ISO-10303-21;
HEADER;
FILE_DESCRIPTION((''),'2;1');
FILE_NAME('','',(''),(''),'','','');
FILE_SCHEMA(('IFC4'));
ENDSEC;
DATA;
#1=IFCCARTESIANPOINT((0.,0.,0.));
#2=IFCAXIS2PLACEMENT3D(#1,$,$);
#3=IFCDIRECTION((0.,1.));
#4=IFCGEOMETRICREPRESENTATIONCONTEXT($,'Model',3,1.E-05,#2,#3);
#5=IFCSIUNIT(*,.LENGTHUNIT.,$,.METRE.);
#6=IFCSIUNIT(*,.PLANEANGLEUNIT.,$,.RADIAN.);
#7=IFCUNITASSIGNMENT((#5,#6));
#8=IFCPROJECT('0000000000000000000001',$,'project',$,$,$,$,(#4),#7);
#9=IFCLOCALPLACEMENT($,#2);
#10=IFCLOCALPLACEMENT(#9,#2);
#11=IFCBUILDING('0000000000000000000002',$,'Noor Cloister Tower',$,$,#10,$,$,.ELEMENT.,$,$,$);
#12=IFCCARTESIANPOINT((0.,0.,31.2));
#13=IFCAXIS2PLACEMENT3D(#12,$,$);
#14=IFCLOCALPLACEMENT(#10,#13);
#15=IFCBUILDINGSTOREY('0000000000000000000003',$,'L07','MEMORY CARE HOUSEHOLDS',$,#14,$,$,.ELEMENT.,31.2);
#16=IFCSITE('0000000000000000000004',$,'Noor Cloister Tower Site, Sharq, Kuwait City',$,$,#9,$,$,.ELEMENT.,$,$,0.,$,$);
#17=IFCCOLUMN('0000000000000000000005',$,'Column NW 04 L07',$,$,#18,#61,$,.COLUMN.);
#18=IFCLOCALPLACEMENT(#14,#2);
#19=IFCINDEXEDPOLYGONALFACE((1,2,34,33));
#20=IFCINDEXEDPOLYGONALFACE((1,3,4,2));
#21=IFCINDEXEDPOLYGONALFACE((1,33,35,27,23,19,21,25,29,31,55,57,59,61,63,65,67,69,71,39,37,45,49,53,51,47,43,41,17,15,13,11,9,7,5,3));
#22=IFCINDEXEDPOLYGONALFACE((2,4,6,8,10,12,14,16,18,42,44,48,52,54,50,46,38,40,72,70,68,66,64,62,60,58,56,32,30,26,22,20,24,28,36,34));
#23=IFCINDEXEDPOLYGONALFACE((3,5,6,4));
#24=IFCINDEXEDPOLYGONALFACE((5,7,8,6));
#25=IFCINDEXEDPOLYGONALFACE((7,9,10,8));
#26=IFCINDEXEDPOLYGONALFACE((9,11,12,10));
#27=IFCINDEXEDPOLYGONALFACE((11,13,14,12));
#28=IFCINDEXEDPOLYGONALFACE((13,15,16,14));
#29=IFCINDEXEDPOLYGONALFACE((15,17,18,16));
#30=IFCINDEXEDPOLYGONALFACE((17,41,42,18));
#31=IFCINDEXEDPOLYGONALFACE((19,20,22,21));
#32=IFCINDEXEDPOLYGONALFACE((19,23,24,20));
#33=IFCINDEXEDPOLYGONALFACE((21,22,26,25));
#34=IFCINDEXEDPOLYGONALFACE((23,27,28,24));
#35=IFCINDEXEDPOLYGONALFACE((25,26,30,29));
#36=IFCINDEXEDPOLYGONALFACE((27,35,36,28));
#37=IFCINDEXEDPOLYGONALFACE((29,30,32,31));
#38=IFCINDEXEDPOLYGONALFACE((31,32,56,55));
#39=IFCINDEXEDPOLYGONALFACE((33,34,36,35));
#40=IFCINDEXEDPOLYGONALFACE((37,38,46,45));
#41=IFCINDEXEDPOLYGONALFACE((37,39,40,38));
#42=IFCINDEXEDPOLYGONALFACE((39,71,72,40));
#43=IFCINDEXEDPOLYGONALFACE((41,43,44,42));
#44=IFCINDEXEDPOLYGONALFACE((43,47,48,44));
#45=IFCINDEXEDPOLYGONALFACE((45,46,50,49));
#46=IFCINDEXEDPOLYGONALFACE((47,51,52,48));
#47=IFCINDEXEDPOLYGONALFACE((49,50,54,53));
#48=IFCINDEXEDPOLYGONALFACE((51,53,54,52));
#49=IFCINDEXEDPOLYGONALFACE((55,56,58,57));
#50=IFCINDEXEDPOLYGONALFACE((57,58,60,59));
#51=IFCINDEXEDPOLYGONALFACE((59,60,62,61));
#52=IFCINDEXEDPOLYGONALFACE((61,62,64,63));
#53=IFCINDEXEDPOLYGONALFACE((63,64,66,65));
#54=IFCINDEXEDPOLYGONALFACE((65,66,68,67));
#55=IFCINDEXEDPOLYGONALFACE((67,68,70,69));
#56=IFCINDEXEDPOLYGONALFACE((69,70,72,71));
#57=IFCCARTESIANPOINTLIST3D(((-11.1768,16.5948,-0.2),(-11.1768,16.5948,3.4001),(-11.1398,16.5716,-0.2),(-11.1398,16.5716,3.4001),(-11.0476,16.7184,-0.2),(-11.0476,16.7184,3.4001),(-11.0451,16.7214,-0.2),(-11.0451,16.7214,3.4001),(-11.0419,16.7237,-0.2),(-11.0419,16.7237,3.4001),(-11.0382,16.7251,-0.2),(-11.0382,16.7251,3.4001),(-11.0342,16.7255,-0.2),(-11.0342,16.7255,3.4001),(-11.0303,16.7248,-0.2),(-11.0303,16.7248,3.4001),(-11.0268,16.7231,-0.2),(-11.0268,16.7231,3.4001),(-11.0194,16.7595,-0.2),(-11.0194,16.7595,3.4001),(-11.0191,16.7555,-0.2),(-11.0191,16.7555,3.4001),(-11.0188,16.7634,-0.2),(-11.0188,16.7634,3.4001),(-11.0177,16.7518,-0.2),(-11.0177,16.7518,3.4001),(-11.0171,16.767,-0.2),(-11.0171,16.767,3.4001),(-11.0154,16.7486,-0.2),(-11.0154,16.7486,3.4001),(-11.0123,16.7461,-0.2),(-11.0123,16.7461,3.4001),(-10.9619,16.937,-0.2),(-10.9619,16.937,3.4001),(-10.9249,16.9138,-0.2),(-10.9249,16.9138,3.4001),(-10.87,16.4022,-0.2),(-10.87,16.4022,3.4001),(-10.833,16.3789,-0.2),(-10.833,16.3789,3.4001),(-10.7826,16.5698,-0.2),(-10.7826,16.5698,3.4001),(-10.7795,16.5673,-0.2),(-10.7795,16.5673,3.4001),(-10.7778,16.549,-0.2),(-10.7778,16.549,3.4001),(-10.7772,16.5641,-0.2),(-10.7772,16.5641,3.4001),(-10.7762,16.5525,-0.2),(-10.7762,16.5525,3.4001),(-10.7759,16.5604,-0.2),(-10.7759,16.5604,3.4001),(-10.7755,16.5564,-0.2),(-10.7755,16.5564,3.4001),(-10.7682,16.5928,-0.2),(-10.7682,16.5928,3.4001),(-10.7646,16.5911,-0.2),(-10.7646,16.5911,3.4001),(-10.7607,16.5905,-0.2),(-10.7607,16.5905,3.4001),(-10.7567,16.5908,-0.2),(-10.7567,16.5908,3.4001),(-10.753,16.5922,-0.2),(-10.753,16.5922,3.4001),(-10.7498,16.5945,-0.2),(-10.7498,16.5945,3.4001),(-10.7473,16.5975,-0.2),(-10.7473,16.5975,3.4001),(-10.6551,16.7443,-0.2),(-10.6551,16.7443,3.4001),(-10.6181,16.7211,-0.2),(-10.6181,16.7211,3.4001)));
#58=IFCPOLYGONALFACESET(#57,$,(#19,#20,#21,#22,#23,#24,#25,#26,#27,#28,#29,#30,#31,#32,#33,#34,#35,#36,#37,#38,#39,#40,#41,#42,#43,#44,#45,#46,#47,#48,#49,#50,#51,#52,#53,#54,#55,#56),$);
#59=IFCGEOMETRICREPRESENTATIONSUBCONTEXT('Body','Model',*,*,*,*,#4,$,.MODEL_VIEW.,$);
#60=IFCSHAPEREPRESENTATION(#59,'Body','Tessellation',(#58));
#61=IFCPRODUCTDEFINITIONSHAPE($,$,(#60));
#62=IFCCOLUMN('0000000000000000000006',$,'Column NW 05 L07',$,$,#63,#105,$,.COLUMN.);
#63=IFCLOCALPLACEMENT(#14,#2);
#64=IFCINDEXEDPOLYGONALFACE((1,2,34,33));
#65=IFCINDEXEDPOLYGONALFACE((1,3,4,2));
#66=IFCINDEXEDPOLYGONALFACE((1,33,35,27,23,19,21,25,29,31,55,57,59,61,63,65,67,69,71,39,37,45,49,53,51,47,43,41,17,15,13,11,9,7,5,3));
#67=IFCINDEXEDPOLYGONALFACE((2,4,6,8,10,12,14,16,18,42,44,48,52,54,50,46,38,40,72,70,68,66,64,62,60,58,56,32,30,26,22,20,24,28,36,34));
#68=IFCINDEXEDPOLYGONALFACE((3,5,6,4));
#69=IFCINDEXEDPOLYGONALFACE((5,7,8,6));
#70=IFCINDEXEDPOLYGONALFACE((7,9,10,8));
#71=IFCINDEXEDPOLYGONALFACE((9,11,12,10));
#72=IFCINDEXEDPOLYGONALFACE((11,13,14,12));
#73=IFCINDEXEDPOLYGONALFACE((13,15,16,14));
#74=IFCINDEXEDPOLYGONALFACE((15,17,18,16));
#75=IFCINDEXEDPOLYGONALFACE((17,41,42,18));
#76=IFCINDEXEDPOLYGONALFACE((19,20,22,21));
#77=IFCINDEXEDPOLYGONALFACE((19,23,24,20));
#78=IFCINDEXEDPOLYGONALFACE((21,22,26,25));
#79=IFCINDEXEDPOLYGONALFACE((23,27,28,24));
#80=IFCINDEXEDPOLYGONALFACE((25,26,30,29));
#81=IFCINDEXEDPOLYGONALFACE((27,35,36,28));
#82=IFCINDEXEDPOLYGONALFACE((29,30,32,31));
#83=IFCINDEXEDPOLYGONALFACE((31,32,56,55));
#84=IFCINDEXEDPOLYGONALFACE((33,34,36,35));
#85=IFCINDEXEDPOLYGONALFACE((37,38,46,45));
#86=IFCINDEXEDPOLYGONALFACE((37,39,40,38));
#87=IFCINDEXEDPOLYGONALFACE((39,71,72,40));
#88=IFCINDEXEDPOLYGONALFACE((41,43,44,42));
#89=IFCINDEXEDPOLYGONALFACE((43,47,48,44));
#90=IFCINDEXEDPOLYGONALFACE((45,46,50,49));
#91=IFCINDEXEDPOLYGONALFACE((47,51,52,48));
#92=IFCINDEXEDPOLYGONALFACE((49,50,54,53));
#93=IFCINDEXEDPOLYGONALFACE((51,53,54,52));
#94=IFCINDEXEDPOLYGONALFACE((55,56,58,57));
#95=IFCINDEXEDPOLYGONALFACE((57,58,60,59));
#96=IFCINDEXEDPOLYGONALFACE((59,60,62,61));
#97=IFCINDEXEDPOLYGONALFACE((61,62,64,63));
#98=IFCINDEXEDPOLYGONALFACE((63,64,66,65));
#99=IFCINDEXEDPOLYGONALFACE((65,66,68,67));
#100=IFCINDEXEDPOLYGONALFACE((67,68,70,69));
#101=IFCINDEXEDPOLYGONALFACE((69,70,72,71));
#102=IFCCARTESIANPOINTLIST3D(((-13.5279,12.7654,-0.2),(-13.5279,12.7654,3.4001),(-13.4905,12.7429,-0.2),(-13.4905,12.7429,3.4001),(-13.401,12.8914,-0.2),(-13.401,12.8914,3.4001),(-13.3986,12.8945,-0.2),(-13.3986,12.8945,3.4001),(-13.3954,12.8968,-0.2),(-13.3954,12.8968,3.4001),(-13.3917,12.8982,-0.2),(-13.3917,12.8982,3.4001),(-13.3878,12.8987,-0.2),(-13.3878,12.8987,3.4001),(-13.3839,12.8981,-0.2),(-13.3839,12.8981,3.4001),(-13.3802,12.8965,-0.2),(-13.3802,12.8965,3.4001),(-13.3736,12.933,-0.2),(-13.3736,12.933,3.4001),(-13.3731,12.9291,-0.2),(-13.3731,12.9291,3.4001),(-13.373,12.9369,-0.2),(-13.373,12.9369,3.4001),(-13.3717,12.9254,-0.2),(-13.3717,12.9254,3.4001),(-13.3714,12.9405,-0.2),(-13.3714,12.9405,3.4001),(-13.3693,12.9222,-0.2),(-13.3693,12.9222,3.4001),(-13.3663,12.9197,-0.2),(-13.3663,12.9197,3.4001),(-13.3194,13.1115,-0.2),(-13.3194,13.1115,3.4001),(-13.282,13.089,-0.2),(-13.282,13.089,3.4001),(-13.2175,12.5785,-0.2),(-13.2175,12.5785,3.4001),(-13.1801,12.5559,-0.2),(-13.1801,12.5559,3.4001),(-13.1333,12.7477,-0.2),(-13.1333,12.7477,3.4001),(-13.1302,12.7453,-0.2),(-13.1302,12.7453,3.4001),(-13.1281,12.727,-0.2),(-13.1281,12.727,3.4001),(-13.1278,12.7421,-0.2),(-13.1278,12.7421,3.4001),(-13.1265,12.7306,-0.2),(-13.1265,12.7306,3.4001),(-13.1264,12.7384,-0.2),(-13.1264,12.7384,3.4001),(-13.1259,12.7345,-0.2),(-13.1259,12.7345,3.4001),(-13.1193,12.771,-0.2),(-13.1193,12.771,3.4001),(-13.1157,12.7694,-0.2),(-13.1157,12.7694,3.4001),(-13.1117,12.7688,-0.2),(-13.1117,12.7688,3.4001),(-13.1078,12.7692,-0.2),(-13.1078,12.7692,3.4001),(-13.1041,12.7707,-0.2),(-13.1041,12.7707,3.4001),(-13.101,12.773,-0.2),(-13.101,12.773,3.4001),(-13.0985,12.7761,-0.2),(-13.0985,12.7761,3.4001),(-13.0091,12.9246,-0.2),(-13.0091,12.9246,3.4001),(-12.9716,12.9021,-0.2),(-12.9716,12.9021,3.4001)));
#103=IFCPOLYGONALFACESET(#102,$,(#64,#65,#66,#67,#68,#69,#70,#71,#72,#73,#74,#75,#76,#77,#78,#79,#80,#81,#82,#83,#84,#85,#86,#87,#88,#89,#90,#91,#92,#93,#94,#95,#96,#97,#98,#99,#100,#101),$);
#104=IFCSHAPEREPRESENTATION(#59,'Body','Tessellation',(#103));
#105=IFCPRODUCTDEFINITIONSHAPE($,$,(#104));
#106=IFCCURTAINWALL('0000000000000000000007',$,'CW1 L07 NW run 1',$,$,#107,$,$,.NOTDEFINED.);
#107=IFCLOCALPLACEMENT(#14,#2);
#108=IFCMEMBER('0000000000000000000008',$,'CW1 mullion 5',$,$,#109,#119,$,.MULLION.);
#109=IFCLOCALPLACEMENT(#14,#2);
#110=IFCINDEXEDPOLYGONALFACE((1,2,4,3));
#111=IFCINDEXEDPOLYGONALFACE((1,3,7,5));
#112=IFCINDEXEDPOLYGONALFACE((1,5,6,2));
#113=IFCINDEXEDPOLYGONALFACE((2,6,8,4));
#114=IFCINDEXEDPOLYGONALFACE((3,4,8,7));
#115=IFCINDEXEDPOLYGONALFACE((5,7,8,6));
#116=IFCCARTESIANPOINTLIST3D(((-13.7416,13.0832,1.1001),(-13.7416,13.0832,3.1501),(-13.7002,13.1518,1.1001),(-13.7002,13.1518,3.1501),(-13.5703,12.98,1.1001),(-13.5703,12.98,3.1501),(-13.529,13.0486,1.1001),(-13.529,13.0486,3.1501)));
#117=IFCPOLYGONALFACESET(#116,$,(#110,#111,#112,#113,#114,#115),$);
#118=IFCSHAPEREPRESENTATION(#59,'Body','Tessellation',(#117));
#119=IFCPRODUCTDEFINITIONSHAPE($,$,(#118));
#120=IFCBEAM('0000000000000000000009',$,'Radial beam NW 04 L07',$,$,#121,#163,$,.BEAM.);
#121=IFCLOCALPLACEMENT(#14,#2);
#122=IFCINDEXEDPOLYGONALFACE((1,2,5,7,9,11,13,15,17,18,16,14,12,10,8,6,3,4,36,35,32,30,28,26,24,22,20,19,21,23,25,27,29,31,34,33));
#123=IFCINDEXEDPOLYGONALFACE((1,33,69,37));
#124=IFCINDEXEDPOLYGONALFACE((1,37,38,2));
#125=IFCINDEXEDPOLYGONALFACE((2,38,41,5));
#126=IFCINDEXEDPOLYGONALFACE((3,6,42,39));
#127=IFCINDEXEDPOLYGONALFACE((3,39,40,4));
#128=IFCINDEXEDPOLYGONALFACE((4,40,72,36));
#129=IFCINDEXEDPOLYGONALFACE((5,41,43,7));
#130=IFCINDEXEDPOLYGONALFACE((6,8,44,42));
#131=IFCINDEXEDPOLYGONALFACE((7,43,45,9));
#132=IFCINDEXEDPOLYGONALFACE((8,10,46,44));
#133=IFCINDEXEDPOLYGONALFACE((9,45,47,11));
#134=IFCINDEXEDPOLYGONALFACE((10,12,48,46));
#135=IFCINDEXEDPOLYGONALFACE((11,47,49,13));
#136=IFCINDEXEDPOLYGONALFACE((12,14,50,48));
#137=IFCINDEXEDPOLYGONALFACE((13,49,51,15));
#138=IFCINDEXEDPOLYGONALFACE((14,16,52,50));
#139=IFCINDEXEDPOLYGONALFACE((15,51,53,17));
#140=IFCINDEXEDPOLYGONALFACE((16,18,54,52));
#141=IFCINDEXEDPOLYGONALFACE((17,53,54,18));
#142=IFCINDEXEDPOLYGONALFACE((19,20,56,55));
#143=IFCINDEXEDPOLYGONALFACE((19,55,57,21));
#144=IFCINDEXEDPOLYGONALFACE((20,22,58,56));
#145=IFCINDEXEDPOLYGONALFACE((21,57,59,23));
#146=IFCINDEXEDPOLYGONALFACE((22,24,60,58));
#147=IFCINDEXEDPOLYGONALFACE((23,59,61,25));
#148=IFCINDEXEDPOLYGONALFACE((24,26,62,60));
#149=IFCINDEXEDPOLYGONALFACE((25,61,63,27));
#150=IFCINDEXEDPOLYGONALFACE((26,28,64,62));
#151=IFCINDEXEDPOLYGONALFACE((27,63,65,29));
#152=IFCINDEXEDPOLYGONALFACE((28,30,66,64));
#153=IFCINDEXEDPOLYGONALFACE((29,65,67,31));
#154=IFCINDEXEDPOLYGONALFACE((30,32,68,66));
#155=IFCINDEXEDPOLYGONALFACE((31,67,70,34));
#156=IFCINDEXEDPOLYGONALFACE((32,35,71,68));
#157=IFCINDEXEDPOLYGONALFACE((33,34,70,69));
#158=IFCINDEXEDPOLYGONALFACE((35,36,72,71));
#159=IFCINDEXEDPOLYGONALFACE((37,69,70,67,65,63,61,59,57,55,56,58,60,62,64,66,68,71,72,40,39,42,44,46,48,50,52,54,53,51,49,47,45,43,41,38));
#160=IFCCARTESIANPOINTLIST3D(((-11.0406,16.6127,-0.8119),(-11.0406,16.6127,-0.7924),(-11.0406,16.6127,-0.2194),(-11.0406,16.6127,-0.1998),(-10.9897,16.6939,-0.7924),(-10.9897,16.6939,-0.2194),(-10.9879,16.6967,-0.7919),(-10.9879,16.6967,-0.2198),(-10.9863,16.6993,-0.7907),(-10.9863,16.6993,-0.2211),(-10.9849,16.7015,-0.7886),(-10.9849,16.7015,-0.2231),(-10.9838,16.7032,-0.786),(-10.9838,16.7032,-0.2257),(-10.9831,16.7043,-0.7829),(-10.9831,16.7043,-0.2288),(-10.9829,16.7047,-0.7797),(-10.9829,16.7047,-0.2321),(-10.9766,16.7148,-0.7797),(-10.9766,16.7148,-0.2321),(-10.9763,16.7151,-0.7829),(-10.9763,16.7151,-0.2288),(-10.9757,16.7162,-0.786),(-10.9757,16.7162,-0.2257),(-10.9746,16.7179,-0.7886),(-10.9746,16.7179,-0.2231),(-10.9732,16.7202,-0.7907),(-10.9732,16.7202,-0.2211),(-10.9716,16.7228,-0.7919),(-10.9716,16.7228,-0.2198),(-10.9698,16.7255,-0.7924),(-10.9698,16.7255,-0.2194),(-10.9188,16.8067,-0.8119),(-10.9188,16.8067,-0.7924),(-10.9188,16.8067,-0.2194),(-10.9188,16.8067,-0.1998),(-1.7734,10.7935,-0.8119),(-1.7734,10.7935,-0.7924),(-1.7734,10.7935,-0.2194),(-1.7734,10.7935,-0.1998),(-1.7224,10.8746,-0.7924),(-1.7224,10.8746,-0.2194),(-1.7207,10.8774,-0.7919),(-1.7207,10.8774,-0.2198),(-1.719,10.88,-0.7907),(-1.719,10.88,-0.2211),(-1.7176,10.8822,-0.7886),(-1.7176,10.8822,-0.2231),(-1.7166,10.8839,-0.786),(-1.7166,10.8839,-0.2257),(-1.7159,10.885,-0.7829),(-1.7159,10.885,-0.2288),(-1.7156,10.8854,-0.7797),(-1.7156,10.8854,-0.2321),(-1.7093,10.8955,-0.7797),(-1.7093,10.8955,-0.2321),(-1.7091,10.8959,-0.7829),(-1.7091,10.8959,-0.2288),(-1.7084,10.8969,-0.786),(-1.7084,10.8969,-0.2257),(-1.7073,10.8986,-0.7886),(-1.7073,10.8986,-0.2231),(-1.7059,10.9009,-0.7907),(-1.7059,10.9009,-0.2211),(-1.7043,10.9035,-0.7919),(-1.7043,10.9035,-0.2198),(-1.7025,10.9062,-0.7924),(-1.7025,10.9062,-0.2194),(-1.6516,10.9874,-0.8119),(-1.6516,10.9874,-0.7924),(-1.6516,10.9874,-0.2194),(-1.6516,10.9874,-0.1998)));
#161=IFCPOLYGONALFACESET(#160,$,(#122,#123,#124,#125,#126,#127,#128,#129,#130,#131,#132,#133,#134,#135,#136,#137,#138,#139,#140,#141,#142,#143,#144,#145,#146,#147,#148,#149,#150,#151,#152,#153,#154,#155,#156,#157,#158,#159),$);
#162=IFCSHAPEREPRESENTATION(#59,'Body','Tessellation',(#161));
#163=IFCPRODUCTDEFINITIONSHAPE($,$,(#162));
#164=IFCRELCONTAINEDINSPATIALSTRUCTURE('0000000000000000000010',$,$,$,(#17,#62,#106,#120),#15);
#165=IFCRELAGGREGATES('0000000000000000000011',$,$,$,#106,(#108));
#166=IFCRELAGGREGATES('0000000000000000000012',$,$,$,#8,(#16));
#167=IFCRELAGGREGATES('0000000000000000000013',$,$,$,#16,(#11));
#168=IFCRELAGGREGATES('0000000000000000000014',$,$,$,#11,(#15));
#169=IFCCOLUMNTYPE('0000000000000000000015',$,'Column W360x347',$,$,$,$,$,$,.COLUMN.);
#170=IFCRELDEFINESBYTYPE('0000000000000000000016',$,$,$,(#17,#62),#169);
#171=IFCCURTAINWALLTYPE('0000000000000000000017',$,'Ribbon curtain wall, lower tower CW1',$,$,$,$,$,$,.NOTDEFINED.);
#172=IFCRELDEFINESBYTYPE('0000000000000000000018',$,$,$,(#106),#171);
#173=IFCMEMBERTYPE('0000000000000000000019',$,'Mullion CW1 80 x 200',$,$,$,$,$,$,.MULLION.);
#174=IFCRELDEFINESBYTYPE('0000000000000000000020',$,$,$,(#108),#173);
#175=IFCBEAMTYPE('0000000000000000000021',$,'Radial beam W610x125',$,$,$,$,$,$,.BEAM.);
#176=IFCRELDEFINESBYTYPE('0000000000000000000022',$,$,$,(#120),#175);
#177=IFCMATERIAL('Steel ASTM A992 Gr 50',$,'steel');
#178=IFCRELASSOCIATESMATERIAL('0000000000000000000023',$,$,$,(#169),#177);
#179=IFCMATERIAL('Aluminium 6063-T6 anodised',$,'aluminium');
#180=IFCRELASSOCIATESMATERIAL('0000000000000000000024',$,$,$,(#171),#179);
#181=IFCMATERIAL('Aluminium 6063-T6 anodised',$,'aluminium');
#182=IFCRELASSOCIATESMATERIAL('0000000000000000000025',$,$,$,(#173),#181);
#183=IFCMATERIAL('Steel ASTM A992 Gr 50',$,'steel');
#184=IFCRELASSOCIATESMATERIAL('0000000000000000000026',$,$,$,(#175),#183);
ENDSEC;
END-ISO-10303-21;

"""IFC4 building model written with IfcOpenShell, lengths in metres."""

from ifc_helpers import new_model, si_unit, direction, frame, origin, origin_2d, place, context, subcontext, project, spatial, rectangle, i_section, extrude, material, material_profile, profile_set, type_object, element, aggregate, save


model = new_model("IFC4")

# Units and contexts
model_context = context("Model", 3, precision=1e-05, world=origin(), true_north=direction((0.0, 1.0)))
body_context = subcontext(model_context, "Body", "Model", "MODEL_VIEW")
ifc_project = project(units=[si_unit("LENGTHUNIT", "METRE"), si_unit("PLANEANGLEUNIT", "RADIAN")], contexts=[model_context])

# Site, building, storey
site_placement = place(None, origin())
site = spatial("IfcSite", under=ifc_project, at=site_placement, Name="Noor Cloister Tower Site, Sharq, Kuwait City", CompositionType="ELEMENT", RefElevation=0.0)
building_placement = place(site_placement, origin())
building = spatial("IfcBuilding", under=site, at=building_placement, Name="Noor Cloister Tower", CompositionType="ELEMENT")
storey_placement = place(building_placement, frame((0.0, 0.0, 31.2)))
storey = spatial("IfcBuildingStorey", under=building, at=storey_placement, Name="L07", Description="MEMORY CARE HOUSEHOLDS", CompositionType="ELEMENT", Elevation=31.2)

# Columns
ifc_material_1 = material(Name="Steel ASTM A992 Gr 50", Category="steel")
ifc_material_profile_1 = material_profile(ifc_material_1, i_section(OverallWidth=0.4041, OverallDepth=0.406, WebThickness=0.0271, FlangeThickness=0.0437, FilletRadius=0.0151, at=origin_2d()), Name="W360x347")
ifc_profile_set_1 = profile_set([ifc_material_profile_1], Name="Steel ASTM A992 Gr 50")
column_type = type_object("IfcColumnType", Name="Column W360x347", PredefinedType="COLUMN", material=ifc_profile_set_1)
for number, where, z_axis, x_axis, name in (
    (1, (-10.8975, 16.658, -0.2), (0.0, 0.0, 1.0), (-0.531785, -0.84688, 0.0), "Column NW 04 L07"),
    (2, (-13.2498, 12.8337, -0.2), (0.0, 0.0, 1.0), (-0.515981, -0.8566, 0.0), "Column NW 05 L07"),
):
    element("IfcColumn", number, at=place(storey_placement, frame(where, z_axis=z_axis, x_axis=x_axis)), inside=storey, type_object=column_type, Name=name, PredefinedType="COLUMN", context=body_context, shape_type="SweptSolid", body=[
        extrude(i_section(OverallWidth=0.4041, OverallDepth=0.406, WebThickness=0.0271, FlangeThickness=0.0437, FilletRadius=0.0151, at=origin_2d()), origin(), (0.0, 0.0, 1.0), 3.6001),
    ])

# Curtain wall, member
ifc_material_2 = material(Name="Aluminium 6063-T6 anodised", Category="aluminium")
curtain_wall_type = type_object("IfcCurtainWallType", Name="Ribbon curtain wall, lower tower CW1", PredefinedType="NOTDEFINED", material=ifc_material_2)
curtain_wall_placement = place(storey_placement, origin())
curtain_wall = element("IfcCurtainWall", 3, at=curtain_wall_placement, inside=storey, type_object=curtain_wall_type, Name="CW1 L07 NW run 1", PredefinedType="NOTDEFINED")
ifc_material_3 = material(Name="Aluminium 6063-T6 anodised", Category="aluminium")
ifc_material_profile_2 = material_profile(ifc_material_3, rectangle(XDim=0.2, YDim=0.0801, at=origin_2d()), Name="200 x 80 mullion")
ifc_profile_set_2 = profile_set([ifc_material_profile_2], Name="Aluminium 6063-T6 anodised")
member_type = type_object("IfcMemberType", Name="Mullion CW1 80 x 200", PredefinedType="MULLION", material=ifc_profile_set_2)
member_placement = place(storey_placement, frame((-13.6353, 13.0659, 1.1001), z_axis=(0.0, 0.0, 1.0), x_axis=(0.8566, -0.515981, 0.0)))
member = element("IfcMember", 4, at=member_placement, type_object=member_type, Name="CW1 mullion 5", PredefinedType="MULLION", context=body_context, shape_type="SweptSolid", body=[
    extrude(rectangle(XDim=0.2, YDim=0.0801, at=origin_2d()), origin(), (0.0, 0.0, 1.0), 2.05),
])

# Beam
ifc_material_4 = material(Name="Steel ASTM A992 Gr 50", Category="steel")
ifc_material_profile_3 = material_profile(ifc_material_4, i_section(OverallWidth=0.229, OverallDepth=0.6121, WebThickness=0.012, FlangeThickness=0.0195, FilletRadius=0.0127, at=origin_2d()), Name="W610x125")
ifc_profile_set_3 = profile_set([ifc_material_profile_3], Name="Steel ASTM A992 Gr 50")
beam_type_1 = type_object("IfcBeamType", Name="Radial beam W610x125", PredefinedType="BEAM", material=ifc_profile_set_3)
beam_1_placement = place(storey_placement, frame((-10.9797, 16.7097, -0.5059), z_axis=(0.846877, -0.531789, 0.0), x_axis=(0.531789, 0.846877, 0.0)))
element("IfcBeam", 5, at=beam_1_placement, inside=storey, type_object=beam_type_1, Name="Radial beam NW 04 L07", PredefinedType="BEAM", context=body_context, shape_type="SweptSolid", body=[
    extrude(i_section(OverallWidth=0.229, OverallDepth=0.6121, WebThickness=0.012, FlangeThickness=0.0195, FilletRadius=0.0127, at=origin_2d()), origin(), (0.0, 0.0, 1.0), 10.9429),
])

aggregate(curtain_wall, [member])

save(model, "model.ifc")
